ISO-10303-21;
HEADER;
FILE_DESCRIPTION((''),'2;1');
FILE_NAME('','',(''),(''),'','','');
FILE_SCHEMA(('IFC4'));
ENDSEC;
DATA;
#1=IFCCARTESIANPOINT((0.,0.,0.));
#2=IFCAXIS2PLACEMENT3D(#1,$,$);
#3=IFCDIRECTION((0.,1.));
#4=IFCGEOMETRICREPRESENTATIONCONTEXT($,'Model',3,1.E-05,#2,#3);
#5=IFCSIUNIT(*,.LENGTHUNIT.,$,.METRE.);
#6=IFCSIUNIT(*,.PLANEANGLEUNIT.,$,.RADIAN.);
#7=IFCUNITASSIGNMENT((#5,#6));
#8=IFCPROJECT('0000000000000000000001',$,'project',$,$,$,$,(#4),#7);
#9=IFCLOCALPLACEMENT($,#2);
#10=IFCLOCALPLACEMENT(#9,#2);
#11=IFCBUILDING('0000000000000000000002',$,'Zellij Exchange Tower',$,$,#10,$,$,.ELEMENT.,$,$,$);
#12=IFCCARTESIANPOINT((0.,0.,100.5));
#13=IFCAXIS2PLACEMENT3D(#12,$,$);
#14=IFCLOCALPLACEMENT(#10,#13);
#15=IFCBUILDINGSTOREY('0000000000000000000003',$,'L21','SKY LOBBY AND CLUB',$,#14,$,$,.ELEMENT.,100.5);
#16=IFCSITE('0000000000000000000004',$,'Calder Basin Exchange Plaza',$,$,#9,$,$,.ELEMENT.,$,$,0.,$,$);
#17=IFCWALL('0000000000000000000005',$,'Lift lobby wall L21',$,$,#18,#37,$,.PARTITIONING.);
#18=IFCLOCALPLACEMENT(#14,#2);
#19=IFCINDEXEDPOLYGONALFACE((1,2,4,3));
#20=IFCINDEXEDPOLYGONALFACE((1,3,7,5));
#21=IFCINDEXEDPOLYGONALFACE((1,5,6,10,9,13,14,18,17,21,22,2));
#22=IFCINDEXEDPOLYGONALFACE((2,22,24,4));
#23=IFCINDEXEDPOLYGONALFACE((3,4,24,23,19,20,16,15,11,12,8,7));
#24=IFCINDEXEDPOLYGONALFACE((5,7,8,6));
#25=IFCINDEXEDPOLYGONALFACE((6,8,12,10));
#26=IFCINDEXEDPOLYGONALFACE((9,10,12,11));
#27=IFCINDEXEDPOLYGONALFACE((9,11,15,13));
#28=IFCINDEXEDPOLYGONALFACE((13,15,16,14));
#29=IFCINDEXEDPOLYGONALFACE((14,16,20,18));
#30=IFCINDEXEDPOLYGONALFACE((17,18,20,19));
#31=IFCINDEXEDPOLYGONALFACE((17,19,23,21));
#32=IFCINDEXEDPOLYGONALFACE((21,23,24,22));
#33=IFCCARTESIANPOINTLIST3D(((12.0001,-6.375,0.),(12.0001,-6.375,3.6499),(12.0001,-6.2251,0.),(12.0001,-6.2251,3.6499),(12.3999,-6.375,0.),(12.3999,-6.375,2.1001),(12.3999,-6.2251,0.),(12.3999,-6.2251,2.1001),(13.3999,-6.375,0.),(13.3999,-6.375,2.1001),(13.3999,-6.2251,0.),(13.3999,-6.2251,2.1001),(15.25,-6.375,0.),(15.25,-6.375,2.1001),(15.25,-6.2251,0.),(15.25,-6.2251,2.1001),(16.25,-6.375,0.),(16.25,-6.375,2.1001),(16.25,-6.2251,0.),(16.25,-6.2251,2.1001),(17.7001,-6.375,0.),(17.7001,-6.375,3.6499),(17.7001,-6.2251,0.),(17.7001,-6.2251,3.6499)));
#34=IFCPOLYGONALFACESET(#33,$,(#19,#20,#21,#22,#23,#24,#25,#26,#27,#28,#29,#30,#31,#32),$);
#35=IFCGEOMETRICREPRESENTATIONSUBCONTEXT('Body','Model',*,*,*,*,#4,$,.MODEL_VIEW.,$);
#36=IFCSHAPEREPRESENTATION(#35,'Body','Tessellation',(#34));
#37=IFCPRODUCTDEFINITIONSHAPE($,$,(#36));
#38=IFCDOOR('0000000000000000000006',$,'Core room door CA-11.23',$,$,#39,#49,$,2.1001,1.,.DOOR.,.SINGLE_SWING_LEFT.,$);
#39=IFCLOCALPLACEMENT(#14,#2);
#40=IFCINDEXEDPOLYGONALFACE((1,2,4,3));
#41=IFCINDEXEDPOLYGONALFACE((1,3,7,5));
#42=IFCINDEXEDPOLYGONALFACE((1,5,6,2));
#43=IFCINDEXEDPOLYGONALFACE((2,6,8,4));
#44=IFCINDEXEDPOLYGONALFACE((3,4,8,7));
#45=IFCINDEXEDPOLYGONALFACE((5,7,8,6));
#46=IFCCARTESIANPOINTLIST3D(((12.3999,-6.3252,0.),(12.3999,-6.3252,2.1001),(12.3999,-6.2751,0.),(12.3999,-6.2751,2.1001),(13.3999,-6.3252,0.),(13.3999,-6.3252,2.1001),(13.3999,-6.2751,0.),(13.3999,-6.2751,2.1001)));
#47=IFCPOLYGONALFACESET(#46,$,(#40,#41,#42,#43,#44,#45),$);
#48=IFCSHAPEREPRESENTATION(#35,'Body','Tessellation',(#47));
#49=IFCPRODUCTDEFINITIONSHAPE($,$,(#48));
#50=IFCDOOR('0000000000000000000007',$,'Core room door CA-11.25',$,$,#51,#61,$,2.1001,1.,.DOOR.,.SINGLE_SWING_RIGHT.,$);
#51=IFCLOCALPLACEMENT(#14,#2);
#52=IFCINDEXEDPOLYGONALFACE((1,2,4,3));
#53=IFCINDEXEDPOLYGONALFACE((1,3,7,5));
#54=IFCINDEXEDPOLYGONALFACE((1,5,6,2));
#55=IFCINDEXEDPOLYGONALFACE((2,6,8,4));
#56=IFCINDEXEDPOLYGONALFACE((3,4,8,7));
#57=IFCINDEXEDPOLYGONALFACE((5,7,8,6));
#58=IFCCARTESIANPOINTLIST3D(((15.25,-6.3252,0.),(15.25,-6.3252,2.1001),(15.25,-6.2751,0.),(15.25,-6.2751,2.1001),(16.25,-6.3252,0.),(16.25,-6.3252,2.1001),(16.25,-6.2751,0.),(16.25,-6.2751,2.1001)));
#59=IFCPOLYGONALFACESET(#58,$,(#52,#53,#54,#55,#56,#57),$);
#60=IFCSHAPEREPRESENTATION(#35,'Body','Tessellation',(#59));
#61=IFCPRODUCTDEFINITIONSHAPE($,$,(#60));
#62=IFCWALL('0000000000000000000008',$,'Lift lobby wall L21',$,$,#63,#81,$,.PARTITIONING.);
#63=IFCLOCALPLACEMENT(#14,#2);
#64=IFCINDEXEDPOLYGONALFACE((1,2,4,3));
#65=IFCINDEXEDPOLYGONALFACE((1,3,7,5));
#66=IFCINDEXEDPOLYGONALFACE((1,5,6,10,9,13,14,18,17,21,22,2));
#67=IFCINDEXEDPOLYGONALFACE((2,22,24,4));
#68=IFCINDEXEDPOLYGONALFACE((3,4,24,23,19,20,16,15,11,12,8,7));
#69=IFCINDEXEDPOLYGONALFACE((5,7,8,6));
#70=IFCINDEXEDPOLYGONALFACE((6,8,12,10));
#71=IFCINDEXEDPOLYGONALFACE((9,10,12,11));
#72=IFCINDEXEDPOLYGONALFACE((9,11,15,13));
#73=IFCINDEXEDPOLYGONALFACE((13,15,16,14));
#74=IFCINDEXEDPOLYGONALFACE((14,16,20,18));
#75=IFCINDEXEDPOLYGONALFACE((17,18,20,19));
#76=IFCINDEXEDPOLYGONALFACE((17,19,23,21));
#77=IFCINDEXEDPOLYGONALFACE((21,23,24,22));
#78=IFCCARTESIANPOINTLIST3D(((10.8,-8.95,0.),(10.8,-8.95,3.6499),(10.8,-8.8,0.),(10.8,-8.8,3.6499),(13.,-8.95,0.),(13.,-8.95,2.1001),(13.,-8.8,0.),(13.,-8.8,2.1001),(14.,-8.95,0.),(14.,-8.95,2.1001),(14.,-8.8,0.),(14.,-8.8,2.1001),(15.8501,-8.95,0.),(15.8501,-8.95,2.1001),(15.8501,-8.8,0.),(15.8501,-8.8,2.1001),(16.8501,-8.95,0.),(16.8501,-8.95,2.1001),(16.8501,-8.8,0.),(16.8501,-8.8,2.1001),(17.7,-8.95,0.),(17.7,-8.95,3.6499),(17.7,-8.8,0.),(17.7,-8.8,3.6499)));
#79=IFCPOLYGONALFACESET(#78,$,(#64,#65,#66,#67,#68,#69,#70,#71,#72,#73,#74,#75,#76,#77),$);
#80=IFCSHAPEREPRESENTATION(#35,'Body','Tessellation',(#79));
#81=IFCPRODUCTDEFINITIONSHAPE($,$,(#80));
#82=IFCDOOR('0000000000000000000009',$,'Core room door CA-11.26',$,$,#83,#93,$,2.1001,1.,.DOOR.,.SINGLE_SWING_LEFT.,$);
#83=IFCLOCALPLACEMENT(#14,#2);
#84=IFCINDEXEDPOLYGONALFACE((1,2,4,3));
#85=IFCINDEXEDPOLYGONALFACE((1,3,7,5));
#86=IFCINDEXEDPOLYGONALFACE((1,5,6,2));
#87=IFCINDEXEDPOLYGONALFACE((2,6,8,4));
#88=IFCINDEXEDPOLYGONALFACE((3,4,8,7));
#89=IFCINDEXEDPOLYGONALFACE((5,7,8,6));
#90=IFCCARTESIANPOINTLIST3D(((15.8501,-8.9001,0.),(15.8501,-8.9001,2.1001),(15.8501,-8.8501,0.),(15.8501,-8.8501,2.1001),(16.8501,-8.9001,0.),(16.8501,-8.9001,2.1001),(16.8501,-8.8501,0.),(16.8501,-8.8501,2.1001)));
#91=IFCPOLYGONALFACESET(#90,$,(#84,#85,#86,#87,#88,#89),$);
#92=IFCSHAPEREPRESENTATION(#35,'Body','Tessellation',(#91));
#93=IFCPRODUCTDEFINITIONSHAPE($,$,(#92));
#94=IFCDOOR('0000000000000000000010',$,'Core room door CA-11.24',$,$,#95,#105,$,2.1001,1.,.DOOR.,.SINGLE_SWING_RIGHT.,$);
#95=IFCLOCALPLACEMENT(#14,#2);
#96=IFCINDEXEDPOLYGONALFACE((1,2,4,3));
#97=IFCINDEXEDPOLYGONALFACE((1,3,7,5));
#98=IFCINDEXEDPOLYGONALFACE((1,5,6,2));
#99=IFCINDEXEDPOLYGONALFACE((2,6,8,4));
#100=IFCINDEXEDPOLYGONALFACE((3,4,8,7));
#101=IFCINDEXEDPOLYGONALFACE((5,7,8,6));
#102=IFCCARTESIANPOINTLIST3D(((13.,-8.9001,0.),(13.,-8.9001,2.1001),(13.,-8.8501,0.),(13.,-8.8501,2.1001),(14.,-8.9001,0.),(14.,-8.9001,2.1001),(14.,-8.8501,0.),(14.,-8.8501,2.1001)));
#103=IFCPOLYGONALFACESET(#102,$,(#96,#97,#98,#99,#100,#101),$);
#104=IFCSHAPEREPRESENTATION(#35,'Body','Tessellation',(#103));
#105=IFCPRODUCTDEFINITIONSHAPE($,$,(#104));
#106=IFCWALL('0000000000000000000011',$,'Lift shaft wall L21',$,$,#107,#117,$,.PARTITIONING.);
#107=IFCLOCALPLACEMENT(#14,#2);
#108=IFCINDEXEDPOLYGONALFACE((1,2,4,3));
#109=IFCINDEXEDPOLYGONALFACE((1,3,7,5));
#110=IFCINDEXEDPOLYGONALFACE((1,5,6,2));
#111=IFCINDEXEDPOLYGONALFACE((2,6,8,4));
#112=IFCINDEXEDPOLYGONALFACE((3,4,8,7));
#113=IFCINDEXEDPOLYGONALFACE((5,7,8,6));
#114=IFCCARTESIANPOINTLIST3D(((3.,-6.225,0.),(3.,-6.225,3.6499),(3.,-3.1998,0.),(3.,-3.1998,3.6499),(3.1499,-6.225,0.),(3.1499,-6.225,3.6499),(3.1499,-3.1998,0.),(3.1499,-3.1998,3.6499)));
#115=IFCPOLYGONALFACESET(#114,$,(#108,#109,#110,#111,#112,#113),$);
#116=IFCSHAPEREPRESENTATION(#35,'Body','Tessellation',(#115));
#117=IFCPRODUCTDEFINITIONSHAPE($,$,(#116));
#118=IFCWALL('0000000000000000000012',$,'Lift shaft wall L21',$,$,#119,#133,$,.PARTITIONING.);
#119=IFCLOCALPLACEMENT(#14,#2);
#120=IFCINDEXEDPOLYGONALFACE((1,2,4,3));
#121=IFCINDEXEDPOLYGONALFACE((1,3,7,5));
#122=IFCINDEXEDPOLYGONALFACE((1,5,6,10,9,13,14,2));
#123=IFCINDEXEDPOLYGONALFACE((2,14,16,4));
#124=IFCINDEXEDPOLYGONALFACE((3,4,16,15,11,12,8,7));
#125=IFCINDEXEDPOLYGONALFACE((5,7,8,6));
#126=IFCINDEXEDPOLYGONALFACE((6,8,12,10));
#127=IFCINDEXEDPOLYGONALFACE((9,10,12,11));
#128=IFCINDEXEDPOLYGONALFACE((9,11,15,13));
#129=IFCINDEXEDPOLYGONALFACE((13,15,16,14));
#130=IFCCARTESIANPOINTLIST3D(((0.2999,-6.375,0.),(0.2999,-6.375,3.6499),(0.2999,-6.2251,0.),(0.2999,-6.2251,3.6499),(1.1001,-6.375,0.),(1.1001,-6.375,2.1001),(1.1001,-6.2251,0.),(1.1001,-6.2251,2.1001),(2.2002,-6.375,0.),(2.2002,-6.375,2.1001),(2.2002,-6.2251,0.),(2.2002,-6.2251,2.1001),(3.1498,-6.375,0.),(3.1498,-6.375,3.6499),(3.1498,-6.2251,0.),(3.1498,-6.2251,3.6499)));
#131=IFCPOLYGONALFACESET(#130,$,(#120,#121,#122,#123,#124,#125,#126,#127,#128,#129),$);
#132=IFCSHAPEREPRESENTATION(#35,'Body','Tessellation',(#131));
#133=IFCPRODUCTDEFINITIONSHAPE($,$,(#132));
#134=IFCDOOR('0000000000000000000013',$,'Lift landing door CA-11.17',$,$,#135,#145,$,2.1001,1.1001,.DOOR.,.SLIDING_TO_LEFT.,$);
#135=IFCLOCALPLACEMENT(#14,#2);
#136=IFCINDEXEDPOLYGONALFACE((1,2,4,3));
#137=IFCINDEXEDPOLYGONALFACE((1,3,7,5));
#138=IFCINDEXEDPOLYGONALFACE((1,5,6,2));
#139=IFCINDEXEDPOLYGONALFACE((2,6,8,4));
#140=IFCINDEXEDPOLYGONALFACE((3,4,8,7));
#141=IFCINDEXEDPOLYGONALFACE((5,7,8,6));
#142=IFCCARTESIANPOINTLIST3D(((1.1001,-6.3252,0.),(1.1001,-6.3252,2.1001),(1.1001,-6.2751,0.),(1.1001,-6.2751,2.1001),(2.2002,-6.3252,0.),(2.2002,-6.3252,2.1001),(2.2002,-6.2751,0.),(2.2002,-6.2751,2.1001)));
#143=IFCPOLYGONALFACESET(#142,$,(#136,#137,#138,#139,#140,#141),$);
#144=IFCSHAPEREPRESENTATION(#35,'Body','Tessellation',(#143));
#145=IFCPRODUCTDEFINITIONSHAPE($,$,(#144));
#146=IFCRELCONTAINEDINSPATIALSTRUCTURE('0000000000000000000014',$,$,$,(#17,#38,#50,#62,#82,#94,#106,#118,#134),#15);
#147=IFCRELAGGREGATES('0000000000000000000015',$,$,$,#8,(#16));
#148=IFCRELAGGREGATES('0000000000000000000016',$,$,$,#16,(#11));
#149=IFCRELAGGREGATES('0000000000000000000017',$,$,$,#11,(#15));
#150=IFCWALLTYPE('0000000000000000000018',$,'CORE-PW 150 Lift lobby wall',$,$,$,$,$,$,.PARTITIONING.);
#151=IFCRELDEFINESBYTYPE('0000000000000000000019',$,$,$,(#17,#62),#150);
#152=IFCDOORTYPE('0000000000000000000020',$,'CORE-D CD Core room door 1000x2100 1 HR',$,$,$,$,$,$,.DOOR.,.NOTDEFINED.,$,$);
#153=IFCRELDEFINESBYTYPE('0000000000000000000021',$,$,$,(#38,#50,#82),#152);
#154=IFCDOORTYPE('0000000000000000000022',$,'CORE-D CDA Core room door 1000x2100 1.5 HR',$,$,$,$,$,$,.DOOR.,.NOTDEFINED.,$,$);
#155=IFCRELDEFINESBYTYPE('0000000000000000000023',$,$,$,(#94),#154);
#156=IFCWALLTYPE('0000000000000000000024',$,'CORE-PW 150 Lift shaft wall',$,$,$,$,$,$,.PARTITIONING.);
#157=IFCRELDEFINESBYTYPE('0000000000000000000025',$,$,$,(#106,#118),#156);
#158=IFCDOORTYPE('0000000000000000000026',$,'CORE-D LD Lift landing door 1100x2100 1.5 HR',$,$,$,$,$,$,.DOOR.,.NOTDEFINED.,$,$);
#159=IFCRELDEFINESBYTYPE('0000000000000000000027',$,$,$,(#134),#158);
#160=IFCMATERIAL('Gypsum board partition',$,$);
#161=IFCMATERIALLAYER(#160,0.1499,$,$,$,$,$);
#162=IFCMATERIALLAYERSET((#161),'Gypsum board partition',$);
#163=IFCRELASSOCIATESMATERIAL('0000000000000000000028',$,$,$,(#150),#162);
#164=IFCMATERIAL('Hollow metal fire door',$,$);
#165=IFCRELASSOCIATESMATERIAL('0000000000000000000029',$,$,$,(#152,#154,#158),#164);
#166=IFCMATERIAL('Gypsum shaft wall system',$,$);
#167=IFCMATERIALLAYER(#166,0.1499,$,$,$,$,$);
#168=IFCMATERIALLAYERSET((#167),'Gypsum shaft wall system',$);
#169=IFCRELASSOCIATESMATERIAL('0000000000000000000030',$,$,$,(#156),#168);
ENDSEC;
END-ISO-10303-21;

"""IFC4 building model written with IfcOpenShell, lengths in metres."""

from ifc_helpers import new_model, si_unit, direction, frame, frame_2d, origin, place, context, subcontext, project, spatial, rectangle, extrude, material, layer, layer_set, type_object, element, fill, save


model = new_model("IFC4")

# Units and contexts
model_context = context("Model", 3, precision=1e-05, world=origin(), true_north=direction((0.0, 1.0)))
body_context = subcontext(model_context, "Body", "Model", "MODEL_VIEW")
ifc_project = project(units=[si_unit("LENGTHUNIT", "METRE"), si_unit("PLANEANGLEUNIT", "RADIAN")], contexts=[model_context])

# Site, building, storey
site_placement = place(None, origin())
site = spatial("IfcSite", under=ifc_project, at=site_placement, Name="Calder Basin Exchange Plaza", CompositionType="ELEMENT", RefElevation=0.0)
building_placement = place(site_placement, origin())
building = spatial("IfcBuilding", under=site, at=building_placement, Name="Zellij Exchange Tower", CompositionType="ELEMENT")
storey_placement = place(building_placement, frame((0.0, 0.0, 100.5)))
storey = spatial("IfcBuildingStorey", under=building, at=storey_placement, Name="L21", Description="SKY LOBBY AND CLUB", CompositionType="ELEMENT", Elevation=100.5)

# Shared definitions
ifc_material_1 = material(Name="Gypsum shaft wall system")
ifc_material_2 = material(Name="Hollow metal fire door")

# Shared definitions
ifc_material_3 = material(Name="Gypsum board partition")
ifc_layer_1 = layer(ifc_material_3, 0.1499)
ifc_layer_set_1 = layer_set([ifc_layer_1], Name="Gypsum board partition")
wall_type_1 = type_object("IfcWallType", Name="CORE-PW 150 Lift lobby wall", PredefinedType="PARTITIONING", material=ifc_layer_set_1)

# Walls, openings, doors
wall_1_placement = place(storey_placement, frame((12.0, -6.3, 0.0), z_axis=(0.0, 0.0, 1.0), x_axis=(1.0, 0.0, 0.0)))
wall_1 = element("IfcWall", 1, at=wall_1_placement, inside=storey, type_object=wall_type_1, Name="Lift lobby wall L21", PredefinedType="PARTITIONING", context=body_context, shape_type="SweptSolid", body=[
    extrude(rectangle(XDim=5.7, YDim=0.1499, at=frame_2d((2.8501, 0.0))), origin(), (0.0, 0.0, 1.0), 3.6499),
])
opening_1_placement = place(wall_1_placement, frame((0.3999, 0.0, 0.0)))
opening_1 = element("IfcOpeningElement", 2, at=opening_1_placement, cuts=wall_1, PredefinedType="OPENING", context=body_context, shape_type="SweptSolid", body=[
    extrude(rectangle(XDim=1.0, YDim=2.1001, at=frame_2d((0.5, 1.05))), frame((0.0, 0.0869, 0.0), z_axis=(0.0, -1.0, 0.0), x_axis=(1.0, 0.0, 0.0)), (0.0, 0.0, 1.0), 0.1738),
])
opening_2_placement = place(wall_1_placement, frame((3.25, 0.0, 0.0)))
opening_2 = element("IfcOpeningElement", 3, at=opening_2_placement, cuts=wall_1, PredefinedType="OPENING", context=body_context, shape_type="SweptSolid", body=[
    extrude(rectangle(XDim=1.0, YDim=2.1001, at=frame_2d((0.5, 1.05))), frame((0.0, 0.0869, 0.0), z_axis=(0.0, -1.0, 0.0), x_axis=(1.0, 0.0, 0.0)), (0.0, 0.0, 1.0), 0.1738),
])
door_type_1 = type_object("IfcDoorType", Name="CORE-D CD Core room door 1000x2100 1 HR", OperationType="NOTDEFINED", PredefinedType="DOOR", material=ifc_material_2)
door_1_placement = place(opening_1_placement, origin())
door_1 = element("IfcDoor", 4, at=door_1_placement, inside=storey, type_object=door_type_1, Name="Core room door CA-11.23", OperationType="SINGLE_SWING_LEFT", OverallHeight=2.1001, OverallWidth=1.0, PredefinedType="DOOR", context=body_context, shape_type="SweptSolid", body=[
    extrude(rectangle(XDim=1.0, YDim=2.1001, at=frame_2d((0.5, 1.05))), frame((0.0, 0.0249, 0.0), z_axis=(0.0, -1.0, 0.0), x_axis=(1.0, 0.0, 0.0)), (0.0, 0.0, 1.0), 0.05),
])
fill(opening_1, door_1)
door_2_placement = place(opening_2_placement, origin())
door_2 = element("IfcDoor", 5, at=door_2_placement, inside=storey, type_object=door_type_1, Name="Core room door CA-11.25", OperationType="SINGLE_SWING_RIGHT", OverallHeight=2.1001, OverallWidth=1.0, PredefinedType="DOOR", context=body_context, shape_type="SweptSolid", body=[
    extrude(rectangle(XDim=1.0, YDim=2.1001, at=frame_2d((0.5, 1.05))), frame((0.0, 0.0249, 0.0), z_axis=(0.0, -1.0, 0.0), x_axis=(1.0, 0.0, 0.0)), (0.0, 0.0, 1.0), 0.05),
])
fill(opening_2, door_2)
wall_2_placement = place(storey_placement, frame((10.8, -8.875, 0.0), z_axis=(0.0, 0.0, 1.0), x_axis=(1.0, 0.0, 0.0)))
wall_2 = element("IfcWall", 6, at=wall_2_placement, inside=storey, type_object=wall_type_1, Name="Lift lobby wall L21", PredefinedType="PARTITIONING", context=body_context, shape_type="SweptSolid", body=[
    extrude(rectangle(XDim=6.8999, YDim=0.1499, at=frame_2d((3.45, 0.0))), origin(), (0.0, 0.0, 1.0), 3.6499),
])
opening_3_placement = place(wall_2_placement, frame((2.2, 0.0, 0.0)))
opening_3 = element("IfcOpeningElement", 7, at=opening_3_placement, cuts=wall_2, PredefinedType="OPENING", context=body_context, shape_type="SweptSolid", body=[
    extrude(rectangle(XDim=1.0, YDim=2.1001, at=frame_2d((0.5, 1.05))), frame((0.0, 0.0869, 0.0), z_axis=(0.0, -1.0, 0.0), x_axis=(1.0, 0.0, 0.0)), (0.0, 0.0, 1.0), 0.1738),
])
opening_4_placement = place(wall_2_placement, frame((5.05, 0.0, 0.0)))
opening_4 = element("IfcOpeningElement", 8, at=opening_4_placement, cuts=wall_2, PredefinedType="OPENING", context=body_context, shape_type="SweptSolid", body=[
    extrude(rectangle(XDim=1.0, YDim=2.1001, at=frame_2d((0.5, 1.05))), frame((0.0, 0.0869, 0.0), z_axis=(0.0, -1.0, 0.0), x_axis=(1.0, 0.0, 0.0)), (0.0, 0.0, 1.0), 0.1738),
])
door_3_placement = place(opening_4_placement, origin())
door_3 = element("IfcDoor", 9, at=door_3_placement, inside=storey, type_object=door_type_1, Name="Core room door CA-11.26", OperationType="SINGLE_SWING_LEFT", OverallHeight=2.1001, OverallWidth=1.0, PredefinedType="DOOR", context=body_context, shape_type="SweptSolid", body=[
    extrude(rectangle(XDim=1.0, YDim=2.1001, at=frame_2d((0.5, 1.05))), frame((0.0, 0.0249, 0.0), z_axis=(0.0, -1.0, 0.0), x_axis=(1.0, 0.0, 0.0)), (0.0, 0.0, 1.0), 0.05),
])
fill(opening_4, door_3)
door_type_2 = type_object("IfcDoorType", Name="CORE-D CDA Core room door 1000x2100 1.5 HR", OperationType="NOTDEFINED", PredefinedType="DOOR", material=ifc_material_2)
door_4_placement = place(opening_3_placement, origin())
door_4 = element("IfcDoor", 10, at=door_4_placement, inside=storey, type_object=door_type_2, Name="Core room door CA-11.24", OperationType="SINGLE_SWING_RIGHT", OverallHeight=2.1001, OverallWidth=1.0, PredefinedType="DOOR", context=body_context, shape_type="SweptSolid", body=[
    extrude(rectangle(XDim=1.0, YDim=2.1001, at=frame_2d((0.5, 1.05))), frame((0.0, 0.0249, 0.0), z_axis=(0.0, -1.0, 0.0), x_axis=(1.0, 0.0, 0.0)), (0.0, 0.0, 1.0), 0.05),
])
fill(opening_3, door_4)

# Wall
ifc_layer_2 = layer(ifc_material_1, 0.1499)
ifc_layer_set_2 = layer_set([ifc_layer_2], Name="Gypsum shaft wall system")
wall_type_2 = type_object("IfcWallType", Name="CORE-PW 150 Lift shaft wall", PredefinedType="PARTITIONING", material=ifc_layer_set_2)
wall_3_placement = place(storey_placement, frame((3.075, -6.2251, 0.0), z_axis=(0.0, 0.0, 1.0), x_axis=(0.0, 1.0, 0.0)))
element("IfcWall", 11, at=wall_3_placement, inside=storey, type_object=wall_type_2, Name="Lift shaft wall L21", PredefinedType="PARTITIONING", context=body_context, shape_type="SweptSolid", body=[
    extrude(rectangle(XDim=3.0251, YDim=0.1499, at=frame_2d((1.5127, 0.0))), origin(), (0.0, 0.0, 1.0), 3.6499),
])

# Wall, opening, door
wall_4_placement = place(storey_placement, frame((0.3, -6.3, 0.0), z_axis=(0.0, 0.0, 1.0), x_axis=(1.0, 0.0, 0.0)))
wall_4 = element("IfcWall", 12, at=wall_4_placement, inside=storey, type_object=wall_type_2, Name="Lift shaft wall L21", PredefinedType="PARTITIONING", context=body_context, shape_type="SweptSolid", body=[
    extrude(rectangle(XDim=2.8499, YDim=0.1499, at=frame_2d((1.4248, 0.0))), origin(), (0.0, 0.0, 1.0), 3.6499),
])
opening_5_placement = place(wall_4_placement, frame((0.8, 0.0, 0.0)))
opening_5 = element("IfcOpeningElement", 13, at=opening_5_placement, cuts=wall_4, PredefinedType="OPENING", context=body_context, shape_type="SweptSolid", body=[
    extrude(rectangle(XDim=1.1001, YDim=2.1001, at=frame_2d((0.55, 1.05))), frame((0.0, 0.0869, 0.0), z_axis=(0.0, -1.0, 0.0), x_axis=(1.0, 0.0, 0.0)), (0.0, 0.0, 1.0), 0.1738),
])
door_type_3 = type_object("IfcDoorType", Name="CORE-D LD Lift landing door 1100x2100 1.5 HR", OperationType="NOTDEFINED", PredefinedType="DOOR", material=ifc_material_2)
door_5_placement = place(opening_5_placement, origin())
door_5 = element("IfcDoor", 14, at=door_5_placement, inside=storey, type_object=door_type_3, Name="Lift landing door CA-11.17", OperationType="SLIDING_TO_LEFT", OverallHeight=2.1001, OverallWidth=1.1001, PredefinedType="DOOR", context=body_context, shape_type="SweptSolid", body=[
    extrude(rectangle(XDim=1.1001, YDim=2.1001, at=frame_2d((0.55, 1.05))), frame((0.0, 0.0249, 0.0), z_axis=(0.0, -1.0, 0.0), x_axis=(1.0, 0.0, 0.0)), (0.0, 0.0, 1.0), 0.05),
])
fill(opening_5, door_5)

save(model, "model.ifc")
